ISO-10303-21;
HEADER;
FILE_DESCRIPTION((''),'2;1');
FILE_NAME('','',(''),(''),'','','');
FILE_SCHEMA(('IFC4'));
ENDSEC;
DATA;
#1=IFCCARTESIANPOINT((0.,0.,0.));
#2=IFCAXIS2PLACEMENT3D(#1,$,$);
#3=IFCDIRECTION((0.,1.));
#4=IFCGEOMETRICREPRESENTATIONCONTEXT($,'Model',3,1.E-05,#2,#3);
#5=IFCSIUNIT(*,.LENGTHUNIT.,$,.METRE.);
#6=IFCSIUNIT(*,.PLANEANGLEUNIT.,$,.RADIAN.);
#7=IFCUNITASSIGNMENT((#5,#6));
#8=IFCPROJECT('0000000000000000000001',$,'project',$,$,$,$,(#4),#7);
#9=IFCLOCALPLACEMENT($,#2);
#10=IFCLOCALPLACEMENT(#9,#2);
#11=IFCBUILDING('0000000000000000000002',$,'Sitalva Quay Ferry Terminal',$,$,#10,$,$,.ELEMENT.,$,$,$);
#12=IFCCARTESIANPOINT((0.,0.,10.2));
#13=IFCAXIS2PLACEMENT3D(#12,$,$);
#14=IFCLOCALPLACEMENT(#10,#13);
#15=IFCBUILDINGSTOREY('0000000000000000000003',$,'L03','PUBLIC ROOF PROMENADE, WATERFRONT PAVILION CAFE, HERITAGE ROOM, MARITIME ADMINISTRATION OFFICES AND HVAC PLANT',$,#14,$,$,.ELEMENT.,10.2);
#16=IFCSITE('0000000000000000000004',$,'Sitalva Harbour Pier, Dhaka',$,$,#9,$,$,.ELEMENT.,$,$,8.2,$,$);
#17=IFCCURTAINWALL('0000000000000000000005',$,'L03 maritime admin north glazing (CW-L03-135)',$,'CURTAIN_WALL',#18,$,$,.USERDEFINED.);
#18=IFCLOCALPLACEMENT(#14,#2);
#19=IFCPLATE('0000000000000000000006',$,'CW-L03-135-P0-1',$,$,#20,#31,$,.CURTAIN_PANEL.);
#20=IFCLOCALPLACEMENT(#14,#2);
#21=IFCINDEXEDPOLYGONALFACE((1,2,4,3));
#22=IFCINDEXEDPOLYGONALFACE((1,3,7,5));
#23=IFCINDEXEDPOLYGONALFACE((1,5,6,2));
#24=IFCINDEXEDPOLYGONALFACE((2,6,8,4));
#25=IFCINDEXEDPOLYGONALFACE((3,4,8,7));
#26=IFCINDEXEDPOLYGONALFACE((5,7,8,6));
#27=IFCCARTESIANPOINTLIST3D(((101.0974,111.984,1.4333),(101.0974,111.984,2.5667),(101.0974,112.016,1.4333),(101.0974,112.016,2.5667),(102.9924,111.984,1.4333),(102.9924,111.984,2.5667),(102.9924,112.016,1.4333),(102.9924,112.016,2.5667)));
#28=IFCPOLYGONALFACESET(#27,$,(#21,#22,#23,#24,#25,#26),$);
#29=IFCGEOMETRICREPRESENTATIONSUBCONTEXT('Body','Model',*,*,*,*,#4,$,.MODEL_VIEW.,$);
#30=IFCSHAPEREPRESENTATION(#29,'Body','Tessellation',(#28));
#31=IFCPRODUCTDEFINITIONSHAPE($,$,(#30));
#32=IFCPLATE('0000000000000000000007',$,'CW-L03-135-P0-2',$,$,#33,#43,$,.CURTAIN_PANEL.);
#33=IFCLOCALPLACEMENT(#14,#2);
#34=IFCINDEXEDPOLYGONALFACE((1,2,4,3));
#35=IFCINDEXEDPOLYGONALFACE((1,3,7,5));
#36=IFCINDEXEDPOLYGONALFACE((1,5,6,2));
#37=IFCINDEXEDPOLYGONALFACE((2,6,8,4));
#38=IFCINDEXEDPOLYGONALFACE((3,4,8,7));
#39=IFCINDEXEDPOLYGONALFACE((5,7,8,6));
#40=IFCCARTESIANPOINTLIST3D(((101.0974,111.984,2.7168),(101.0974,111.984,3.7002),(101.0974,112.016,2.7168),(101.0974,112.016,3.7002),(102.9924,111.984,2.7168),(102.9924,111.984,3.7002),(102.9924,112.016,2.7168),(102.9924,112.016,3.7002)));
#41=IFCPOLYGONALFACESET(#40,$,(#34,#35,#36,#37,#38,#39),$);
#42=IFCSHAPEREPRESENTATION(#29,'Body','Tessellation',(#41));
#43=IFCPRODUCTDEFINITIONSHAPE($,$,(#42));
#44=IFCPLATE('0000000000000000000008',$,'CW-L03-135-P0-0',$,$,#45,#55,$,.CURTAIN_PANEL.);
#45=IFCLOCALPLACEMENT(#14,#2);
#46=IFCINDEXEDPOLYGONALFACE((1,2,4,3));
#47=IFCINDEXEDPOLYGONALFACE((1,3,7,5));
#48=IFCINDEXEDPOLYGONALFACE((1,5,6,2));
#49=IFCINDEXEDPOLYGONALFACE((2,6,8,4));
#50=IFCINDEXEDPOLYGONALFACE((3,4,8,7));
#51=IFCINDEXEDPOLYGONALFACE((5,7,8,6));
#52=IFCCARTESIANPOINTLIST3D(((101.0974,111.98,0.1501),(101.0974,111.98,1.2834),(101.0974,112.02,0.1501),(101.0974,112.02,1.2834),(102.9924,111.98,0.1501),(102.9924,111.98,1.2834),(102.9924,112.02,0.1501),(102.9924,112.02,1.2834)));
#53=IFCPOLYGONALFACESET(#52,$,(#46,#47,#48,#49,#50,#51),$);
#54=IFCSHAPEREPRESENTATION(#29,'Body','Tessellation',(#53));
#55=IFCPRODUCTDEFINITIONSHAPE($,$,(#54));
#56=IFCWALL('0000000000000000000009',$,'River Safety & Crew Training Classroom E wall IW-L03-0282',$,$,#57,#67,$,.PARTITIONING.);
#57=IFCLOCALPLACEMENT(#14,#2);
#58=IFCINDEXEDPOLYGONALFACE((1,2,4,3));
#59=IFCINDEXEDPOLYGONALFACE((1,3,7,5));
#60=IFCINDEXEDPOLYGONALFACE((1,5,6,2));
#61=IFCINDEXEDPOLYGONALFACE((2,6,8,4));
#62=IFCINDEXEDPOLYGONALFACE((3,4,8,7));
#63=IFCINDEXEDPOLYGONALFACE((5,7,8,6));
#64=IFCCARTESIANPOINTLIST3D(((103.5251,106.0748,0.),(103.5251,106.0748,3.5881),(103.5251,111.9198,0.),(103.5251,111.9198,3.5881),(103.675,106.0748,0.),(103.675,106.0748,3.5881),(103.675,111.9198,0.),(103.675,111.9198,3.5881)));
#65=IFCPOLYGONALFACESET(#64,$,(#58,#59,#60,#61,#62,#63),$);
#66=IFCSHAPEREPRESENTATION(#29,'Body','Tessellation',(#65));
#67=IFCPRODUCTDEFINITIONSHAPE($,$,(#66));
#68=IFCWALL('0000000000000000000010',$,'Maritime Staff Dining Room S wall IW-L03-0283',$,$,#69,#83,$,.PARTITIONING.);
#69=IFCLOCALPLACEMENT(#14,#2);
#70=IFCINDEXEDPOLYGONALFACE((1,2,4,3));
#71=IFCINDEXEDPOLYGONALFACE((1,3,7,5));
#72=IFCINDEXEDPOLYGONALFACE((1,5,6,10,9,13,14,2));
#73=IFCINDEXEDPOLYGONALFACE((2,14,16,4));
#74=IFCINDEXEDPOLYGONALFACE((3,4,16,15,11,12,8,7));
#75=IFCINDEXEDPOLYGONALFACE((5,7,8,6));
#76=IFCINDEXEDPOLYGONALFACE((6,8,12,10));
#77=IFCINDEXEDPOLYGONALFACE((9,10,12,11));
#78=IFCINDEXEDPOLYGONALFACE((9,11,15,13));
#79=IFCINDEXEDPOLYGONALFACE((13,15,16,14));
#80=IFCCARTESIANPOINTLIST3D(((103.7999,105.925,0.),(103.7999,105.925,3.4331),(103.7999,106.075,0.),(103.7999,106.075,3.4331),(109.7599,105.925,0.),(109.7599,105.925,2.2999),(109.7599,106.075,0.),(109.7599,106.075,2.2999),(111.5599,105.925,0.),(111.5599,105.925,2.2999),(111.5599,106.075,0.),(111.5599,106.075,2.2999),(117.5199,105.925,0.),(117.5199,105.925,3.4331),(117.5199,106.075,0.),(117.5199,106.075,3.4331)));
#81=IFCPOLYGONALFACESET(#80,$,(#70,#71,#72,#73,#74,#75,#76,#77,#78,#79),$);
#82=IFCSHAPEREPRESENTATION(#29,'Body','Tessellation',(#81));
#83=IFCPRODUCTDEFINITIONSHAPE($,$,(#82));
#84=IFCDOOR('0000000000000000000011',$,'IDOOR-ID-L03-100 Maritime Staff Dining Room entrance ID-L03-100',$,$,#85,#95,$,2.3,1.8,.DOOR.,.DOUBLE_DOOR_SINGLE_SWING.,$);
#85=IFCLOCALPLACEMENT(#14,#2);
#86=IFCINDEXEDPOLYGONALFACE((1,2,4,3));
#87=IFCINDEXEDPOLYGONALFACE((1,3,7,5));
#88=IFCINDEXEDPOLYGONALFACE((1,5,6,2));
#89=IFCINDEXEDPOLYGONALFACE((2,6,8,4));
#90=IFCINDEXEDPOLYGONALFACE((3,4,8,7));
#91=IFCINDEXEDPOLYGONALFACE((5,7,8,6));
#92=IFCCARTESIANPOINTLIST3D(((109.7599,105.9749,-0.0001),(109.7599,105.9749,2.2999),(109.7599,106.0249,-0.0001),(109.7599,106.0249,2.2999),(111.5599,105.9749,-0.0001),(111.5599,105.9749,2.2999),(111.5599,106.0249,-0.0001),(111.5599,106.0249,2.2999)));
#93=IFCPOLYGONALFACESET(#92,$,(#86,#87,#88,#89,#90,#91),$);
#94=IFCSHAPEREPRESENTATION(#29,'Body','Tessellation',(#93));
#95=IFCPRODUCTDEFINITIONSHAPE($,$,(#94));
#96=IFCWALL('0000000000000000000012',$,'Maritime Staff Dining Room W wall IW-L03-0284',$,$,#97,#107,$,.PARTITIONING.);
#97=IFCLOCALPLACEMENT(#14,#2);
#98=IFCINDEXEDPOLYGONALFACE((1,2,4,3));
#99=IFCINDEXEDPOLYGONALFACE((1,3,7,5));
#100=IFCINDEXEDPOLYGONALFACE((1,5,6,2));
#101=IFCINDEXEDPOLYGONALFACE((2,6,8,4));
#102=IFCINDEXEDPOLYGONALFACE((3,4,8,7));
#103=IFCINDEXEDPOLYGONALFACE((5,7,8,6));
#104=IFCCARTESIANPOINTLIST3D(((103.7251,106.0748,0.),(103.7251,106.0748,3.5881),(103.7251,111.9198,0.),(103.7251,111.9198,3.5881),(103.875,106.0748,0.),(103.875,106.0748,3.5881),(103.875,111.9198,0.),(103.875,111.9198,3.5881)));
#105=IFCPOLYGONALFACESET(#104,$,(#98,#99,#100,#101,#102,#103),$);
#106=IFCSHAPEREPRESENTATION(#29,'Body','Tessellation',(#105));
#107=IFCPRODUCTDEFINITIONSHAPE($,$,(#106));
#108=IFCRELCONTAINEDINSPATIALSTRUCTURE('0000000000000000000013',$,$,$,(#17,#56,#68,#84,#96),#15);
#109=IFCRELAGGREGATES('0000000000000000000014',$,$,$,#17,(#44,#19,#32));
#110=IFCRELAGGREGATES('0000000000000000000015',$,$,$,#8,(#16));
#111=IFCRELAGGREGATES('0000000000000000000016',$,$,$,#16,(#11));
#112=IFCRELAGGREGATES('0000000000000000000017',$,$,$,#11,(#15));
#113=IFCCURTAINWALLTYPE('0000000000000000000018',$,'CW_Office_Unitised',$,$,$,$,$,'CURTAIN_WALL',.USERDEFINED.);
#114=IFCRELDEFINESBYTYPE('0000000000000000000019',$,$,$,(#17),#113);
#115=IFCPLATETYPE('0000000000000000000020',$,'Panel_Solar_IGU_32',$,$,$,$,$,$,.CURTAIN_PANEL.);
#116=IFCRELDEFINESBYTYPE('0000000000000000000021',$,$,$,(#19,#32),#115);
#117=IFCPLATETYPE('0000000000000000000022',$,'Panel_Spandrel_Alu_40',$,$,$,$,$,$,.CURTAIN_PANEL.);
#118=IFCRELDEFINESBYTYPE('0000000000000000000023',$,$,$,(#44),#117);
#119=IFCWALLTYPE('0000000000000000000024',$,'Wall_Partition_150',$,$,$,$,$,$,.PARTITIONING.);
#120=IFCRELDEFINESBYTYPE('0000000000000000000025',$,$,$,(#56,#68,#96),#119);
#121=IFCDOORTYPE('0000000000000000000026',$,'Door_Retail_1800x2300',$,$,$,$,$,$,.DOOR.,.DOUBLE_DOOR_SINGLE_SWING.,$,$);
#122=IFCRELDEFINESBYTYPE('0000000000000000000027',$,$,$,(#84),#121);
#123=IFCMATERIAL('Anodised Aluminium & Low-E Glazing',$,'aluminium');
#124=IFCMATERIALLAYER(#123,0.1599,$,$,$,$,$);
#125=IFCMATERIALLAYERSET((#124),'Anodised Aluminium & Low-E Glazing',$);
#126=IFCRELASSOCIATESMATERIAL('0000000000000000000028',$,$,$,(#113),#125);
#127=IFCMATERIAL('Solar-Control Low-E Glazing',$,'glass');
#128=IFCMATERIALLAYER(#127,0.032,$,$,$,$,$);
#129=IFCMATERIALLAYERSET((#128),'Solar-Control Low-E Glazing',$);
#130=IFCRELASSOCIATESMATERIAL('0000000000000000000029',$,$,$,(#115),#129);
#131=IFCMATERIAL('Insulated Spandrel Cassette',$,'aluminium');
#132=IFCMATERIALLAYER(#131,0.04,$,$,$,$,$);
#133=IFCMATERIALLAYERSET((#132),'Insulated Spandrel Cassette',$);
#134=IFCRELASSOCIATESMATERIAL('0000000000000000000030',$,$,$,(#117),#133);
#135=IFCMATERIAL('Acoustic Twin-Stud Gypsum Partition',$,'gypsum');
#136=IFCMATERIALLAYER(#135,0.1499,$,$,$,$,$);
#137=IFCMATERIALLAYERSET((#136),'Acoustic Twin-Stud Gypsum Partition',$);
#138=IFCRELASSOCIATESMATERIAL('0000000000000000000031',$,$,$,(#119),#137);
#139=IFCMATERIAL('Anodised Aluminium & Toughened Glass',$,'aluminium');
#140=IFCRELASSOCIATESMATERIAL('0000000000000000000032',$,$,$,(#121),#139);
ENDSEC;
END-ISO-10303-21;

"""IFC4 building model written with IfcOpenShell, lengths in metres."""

from ifc_helpers import new_model, si_unit, direction, frame, frame_2d, origin, origin_2d, place, context, subcontext, project, spatial, rectangle, extrude, material, layer, layer_set, type_object, element, fill, aggregate, save


model = new_model("IFC4")

# Units and contexts
model_context = context("Model", 3, precision=1e-05, world=origin(), true_north=direction((0.0, 1.0)))
body_context = subcontext(model_context, "Body", "Model", "MODEL_VIEW")
ifc_project = project(units=[si_unit("LENGTHUNIT", "METRE"), si_unit("PLANEANGLEUNIT", "RADIAN")], contexts=[model_context])

# Site, building, storey
site_placement = place(None, origin())
site = spatial("IfcSite", under=ifc_project, at=site_placement, Name="Sitalva Harbour Pier, Dhaka", CompositionType="ELEMENT", RefElevation=8.2)
building_placement = place(site_placement, origin())
building = spatial("IfcBuilding", under=site, at=building_placement, Name="Sitalva Quay Ferry Terminal", CompositionType="ELEMENT")
storey_placement = place(building_placement, frame((0.0, 0.0, 10.2)))
storey = spatial("IfcBuildingStorey", under=building, at=storey_placement, Name="L03", Description="PUBLIC ROOF PROMENADE, WATERFRONT PAVILION CAFE, HERITAGE ROOM, MARITIME ADMINISTRATION OFFICES AND HVAC PLANT", CompositionType="ELEMENT", Elevation=10.2)

# Curtain wall, plates
ifc_material_1 = material(Name="Anodised Aluminium & Low-E Glazing", Category="aluminium")
ifc_layer_1 = layer(ifc_material_1, 0.1599)
ifc_layer_set_1 = layer_set([ifc_layer_1], Name="Anodised Aluminium & Low-E Glazing")
curtain_wall_type = type_object("IfcCurtainWallType", Name="CW_Office_Unitised", ElementType="CURTAIN_WALL", PredefinedType="USERDEFINED", material=ifc_layer_set_1)
curtain_wall_placement = place(storey_placement, origin())
curtain_wall = element("IfcCurtainWall", 1, at=curtain_wall_placement, inside=storey, type_object=curtain_wall_type, Name="L03 maritime admin north glazing (CW-L03-135)", ObjectType="CURTAIN_WALL", PredefinedType="USERDEFINED")
ifc_material_2 = material(Name="Solar-Control Low-E Glazing", Category="glass")
ifc_layer_2 = layer(ifc_material_2, 0.032)
ifc_layer_set_2 = layer_set([ifc_layer_2], Name="Solar-Control Low-E Glazing")
plate_type_1 = type_object("IfcPlateType", Name="Panel_Solar_IGU_32", PredefinedType="CURTAIN_PANEL", material=ifc_layer_set_2)
plate_1_placement = place(storey_placement, frame((102.0449, 112.0, 1.4333), z_axis=(0.0, 0.0, 1.0), x_axis=(1.0, 0.0, 0.0)))
plate_1 = element("IfcPlate", 2, at=plate_1_placement, type_object=plate_type_1, Name="CW-L03-135-P0-1", PredefinedType="CURTAIN_PANEL", context=body_context, shape_type="SweptSolid", body=[
    extrude(rectangle(XDim=1.895, YDim=0.032, at=origin_2d()), origin(), (0.0, 0.0, 1.0), 1.1333),
])
plate_2_placement = place(storey_placement, frame((102.0449, 112.0, 2.7168), z_axis=(0.0, 0.0, 1.0), x_axis=(1.0, 0.0, 0.0)))
plate_2 = element("IfcPlate", 3, at=plate_2_placement, type_object=plate_type_1, Name="CW-L03-135-P0-2", PredefinedType="CURTAIN_PANEL", context=body_context, shape_type="SweptSolid", body=[
    extrude(rectangle(XDim=1.895, YDim=0.032, at=origin_2d()), origin(), (0.0, 0.0, 1.0), 0.9834),
])
ifc_material_3 = material(Name="Insulated Spandrel Cassette", Category="aluminium")
ifc_layer_3 = layer(ifc_material_3, 0.04)
ifc_layer_set_3 = layer_set([ifc_layer_3], Name="Insulated Spandrel Cassette")
plate_type_2 = type_object("IfcPlateType", Name="Panel_Spandrel_Alu_40", PredefinedType="CURTAIN_PANEL", material=ifc_layer_set_3)
plate_3_placement = place(storey_placement, frame((102.0449, 112.0, 0.1501), z_axis=(0.0, 0.0, 1.0), x_axis=(1.0, 0.0, 0.0)))
plate_3 = element("IfcPlate", 4, at=plate_3_placement, type_object=plate_type_2, Name="CW-L03-135-P0-0", PredefinedType="CURTAIN_PANEL", context=body_context, shape_type="SweptSolid", body=[
    extrude(rectangle(XDim=1.895, YDim=0.04, at=origin_2d()), origin(), (0.0, 0.0, 1.0), 1.1333),
])
aggregate(curtain_wall, [plate_3, plate_1, plate_2])

# Wall
ifc_material_4 = material(Name="Acoustic Twin-Stud Gypsum Partition", Category="gypsum")
ifc_layer_4 = layer(ifc_material_4, 0.1499)
ifc_layer_set_4 = layer_set([ifc_layer_4], Name="Acoustic Twin-Stud Gypsum Partition")
wall_type = type_object("IfcWallType", Name="Wall_Partition_150", PredefinedType="PARTITIONING", material=ifc_layer_set_4)
wall_1_placement = place(storey_placement, frame((103.6001, 106.075, 0.0), z_axis=(0.0, 0.0, 1.0), x_axis=(0.0, 1.0, 0.0)))
element("IfcWall", 5, at=wall_1_placement, inside=storey, type_object=wall_type, Name="River Safety & Crew Training Classroom E wall IW-L03-0282", PredefinedType="PARTITIONING", context=body_context, shape_type="SweptSolid", body=[
    extrude(rectangle(XDim=5.845, YDim=0.1499, at=frame_2d((2.9224, 0.0))), origin(), (0.0, 0.0, 1.0), 3.5881),
])

# Wall, opening, door
wall_2_placement = place(storey_placement, frame((103.8, 106.0, 0.0), z_axis=(0.0, 0.0, 1.0), x_axis=(1.0, 0.0, 0.0)))
wall_2 = element("IfcWall", 6, at=wall_2_placement, inside=storey, type_object=wall_type, Name="Maritime Staff Dining Room S wall IW-L03-0283", PredefinedType="PARTITIONING", context=body_context, shape_type="SweptSolid", body=[
    extrude(rectangle(XDim=13.72, YDim=0.1499, at=frame_2d((6.8599, 0.0))), origin(), (0.0, 0.0, 1.0), 3.4331),
])
opening_placement = place(wall_2_placement, frame((5.96, 0.0, 0.0)))
opening = element("IfcOpeningElement", 7, at=opening_placement, cuts=wall_2, PredefinedType="OPENING", context=body_context, shape_type="SweptSolid", body=[
    extrude(rectangle(XDim=1.8, YDim=2.3, at=frame_2d((0.8999, 1.1499))), frame((0.0, 0.085, 0.0), z_axis=(0.0, -1.0, 0.0), x_axis=(1.0, 0.0, 0.0)), (0.0, 0.0, 1.0), 0.1699),
])
ifc_material_5 = material(Name="Anodised Aluminium & Toughened Glass", Category="aluminium")
door_type = type_object("IfcDoorType", Name="Door_Retail_1800x2300", OperationType="DOUBLE_DOOR_SINGLE_SWING", PredefinedType="DOOR", material=ifc_material_5)
door_placement = place(opening_placement, origin())
door = element("IfcDoor", 8, at=door_placement, inside=storey, type_object=door_type, Name="IDOOR-ID-L03-100 Maritime Staff Dining Room entrance ID-L03-100", OperationType="DOUBLE_DOOR_SINGLE_SWING", OverallHeight=2.3, OverallWidth=1.8, PredefinedType="DOOR", context=body_context, shape_type="SweptSolid", body=[
    extrude(rectangle(XDim=1.8, YDim=2.3, at=frame_2d((0.8999, 1.1499))), frame((0.0, 0.0249, 0.0), z_axis=(0.0, -1.0, 0.0), x_axis=(1.0, 0.0, 0.0)), (0.0, 0.0, 1.0), 0.05),
])
fill(opening, door)

# Wall
wall_3_placement = place(storey_placement, frame((103.8, 106.075, 0.0), z_axis=(0.0, 0.0, 1.0), x_axis=(0.0, 1.0, 0.0)))
element("IfcWall", 9, at=wall_3_placement, inside=storey, type_object=wall_type, Name="Maritime Staff Dining Room W wall IW-L03-0284", PredefinedType="PARTITIONING", context=body_context, shape_type="SweptSolid", body=[
    extrude(rectangle(XDim=5.845, YDim=0.1499, at=frame_2d((2.9224, 0.0))), origin(), (0.0, 0.0, 1.0), 3.5881),
])

save(model, "model.ifc")
